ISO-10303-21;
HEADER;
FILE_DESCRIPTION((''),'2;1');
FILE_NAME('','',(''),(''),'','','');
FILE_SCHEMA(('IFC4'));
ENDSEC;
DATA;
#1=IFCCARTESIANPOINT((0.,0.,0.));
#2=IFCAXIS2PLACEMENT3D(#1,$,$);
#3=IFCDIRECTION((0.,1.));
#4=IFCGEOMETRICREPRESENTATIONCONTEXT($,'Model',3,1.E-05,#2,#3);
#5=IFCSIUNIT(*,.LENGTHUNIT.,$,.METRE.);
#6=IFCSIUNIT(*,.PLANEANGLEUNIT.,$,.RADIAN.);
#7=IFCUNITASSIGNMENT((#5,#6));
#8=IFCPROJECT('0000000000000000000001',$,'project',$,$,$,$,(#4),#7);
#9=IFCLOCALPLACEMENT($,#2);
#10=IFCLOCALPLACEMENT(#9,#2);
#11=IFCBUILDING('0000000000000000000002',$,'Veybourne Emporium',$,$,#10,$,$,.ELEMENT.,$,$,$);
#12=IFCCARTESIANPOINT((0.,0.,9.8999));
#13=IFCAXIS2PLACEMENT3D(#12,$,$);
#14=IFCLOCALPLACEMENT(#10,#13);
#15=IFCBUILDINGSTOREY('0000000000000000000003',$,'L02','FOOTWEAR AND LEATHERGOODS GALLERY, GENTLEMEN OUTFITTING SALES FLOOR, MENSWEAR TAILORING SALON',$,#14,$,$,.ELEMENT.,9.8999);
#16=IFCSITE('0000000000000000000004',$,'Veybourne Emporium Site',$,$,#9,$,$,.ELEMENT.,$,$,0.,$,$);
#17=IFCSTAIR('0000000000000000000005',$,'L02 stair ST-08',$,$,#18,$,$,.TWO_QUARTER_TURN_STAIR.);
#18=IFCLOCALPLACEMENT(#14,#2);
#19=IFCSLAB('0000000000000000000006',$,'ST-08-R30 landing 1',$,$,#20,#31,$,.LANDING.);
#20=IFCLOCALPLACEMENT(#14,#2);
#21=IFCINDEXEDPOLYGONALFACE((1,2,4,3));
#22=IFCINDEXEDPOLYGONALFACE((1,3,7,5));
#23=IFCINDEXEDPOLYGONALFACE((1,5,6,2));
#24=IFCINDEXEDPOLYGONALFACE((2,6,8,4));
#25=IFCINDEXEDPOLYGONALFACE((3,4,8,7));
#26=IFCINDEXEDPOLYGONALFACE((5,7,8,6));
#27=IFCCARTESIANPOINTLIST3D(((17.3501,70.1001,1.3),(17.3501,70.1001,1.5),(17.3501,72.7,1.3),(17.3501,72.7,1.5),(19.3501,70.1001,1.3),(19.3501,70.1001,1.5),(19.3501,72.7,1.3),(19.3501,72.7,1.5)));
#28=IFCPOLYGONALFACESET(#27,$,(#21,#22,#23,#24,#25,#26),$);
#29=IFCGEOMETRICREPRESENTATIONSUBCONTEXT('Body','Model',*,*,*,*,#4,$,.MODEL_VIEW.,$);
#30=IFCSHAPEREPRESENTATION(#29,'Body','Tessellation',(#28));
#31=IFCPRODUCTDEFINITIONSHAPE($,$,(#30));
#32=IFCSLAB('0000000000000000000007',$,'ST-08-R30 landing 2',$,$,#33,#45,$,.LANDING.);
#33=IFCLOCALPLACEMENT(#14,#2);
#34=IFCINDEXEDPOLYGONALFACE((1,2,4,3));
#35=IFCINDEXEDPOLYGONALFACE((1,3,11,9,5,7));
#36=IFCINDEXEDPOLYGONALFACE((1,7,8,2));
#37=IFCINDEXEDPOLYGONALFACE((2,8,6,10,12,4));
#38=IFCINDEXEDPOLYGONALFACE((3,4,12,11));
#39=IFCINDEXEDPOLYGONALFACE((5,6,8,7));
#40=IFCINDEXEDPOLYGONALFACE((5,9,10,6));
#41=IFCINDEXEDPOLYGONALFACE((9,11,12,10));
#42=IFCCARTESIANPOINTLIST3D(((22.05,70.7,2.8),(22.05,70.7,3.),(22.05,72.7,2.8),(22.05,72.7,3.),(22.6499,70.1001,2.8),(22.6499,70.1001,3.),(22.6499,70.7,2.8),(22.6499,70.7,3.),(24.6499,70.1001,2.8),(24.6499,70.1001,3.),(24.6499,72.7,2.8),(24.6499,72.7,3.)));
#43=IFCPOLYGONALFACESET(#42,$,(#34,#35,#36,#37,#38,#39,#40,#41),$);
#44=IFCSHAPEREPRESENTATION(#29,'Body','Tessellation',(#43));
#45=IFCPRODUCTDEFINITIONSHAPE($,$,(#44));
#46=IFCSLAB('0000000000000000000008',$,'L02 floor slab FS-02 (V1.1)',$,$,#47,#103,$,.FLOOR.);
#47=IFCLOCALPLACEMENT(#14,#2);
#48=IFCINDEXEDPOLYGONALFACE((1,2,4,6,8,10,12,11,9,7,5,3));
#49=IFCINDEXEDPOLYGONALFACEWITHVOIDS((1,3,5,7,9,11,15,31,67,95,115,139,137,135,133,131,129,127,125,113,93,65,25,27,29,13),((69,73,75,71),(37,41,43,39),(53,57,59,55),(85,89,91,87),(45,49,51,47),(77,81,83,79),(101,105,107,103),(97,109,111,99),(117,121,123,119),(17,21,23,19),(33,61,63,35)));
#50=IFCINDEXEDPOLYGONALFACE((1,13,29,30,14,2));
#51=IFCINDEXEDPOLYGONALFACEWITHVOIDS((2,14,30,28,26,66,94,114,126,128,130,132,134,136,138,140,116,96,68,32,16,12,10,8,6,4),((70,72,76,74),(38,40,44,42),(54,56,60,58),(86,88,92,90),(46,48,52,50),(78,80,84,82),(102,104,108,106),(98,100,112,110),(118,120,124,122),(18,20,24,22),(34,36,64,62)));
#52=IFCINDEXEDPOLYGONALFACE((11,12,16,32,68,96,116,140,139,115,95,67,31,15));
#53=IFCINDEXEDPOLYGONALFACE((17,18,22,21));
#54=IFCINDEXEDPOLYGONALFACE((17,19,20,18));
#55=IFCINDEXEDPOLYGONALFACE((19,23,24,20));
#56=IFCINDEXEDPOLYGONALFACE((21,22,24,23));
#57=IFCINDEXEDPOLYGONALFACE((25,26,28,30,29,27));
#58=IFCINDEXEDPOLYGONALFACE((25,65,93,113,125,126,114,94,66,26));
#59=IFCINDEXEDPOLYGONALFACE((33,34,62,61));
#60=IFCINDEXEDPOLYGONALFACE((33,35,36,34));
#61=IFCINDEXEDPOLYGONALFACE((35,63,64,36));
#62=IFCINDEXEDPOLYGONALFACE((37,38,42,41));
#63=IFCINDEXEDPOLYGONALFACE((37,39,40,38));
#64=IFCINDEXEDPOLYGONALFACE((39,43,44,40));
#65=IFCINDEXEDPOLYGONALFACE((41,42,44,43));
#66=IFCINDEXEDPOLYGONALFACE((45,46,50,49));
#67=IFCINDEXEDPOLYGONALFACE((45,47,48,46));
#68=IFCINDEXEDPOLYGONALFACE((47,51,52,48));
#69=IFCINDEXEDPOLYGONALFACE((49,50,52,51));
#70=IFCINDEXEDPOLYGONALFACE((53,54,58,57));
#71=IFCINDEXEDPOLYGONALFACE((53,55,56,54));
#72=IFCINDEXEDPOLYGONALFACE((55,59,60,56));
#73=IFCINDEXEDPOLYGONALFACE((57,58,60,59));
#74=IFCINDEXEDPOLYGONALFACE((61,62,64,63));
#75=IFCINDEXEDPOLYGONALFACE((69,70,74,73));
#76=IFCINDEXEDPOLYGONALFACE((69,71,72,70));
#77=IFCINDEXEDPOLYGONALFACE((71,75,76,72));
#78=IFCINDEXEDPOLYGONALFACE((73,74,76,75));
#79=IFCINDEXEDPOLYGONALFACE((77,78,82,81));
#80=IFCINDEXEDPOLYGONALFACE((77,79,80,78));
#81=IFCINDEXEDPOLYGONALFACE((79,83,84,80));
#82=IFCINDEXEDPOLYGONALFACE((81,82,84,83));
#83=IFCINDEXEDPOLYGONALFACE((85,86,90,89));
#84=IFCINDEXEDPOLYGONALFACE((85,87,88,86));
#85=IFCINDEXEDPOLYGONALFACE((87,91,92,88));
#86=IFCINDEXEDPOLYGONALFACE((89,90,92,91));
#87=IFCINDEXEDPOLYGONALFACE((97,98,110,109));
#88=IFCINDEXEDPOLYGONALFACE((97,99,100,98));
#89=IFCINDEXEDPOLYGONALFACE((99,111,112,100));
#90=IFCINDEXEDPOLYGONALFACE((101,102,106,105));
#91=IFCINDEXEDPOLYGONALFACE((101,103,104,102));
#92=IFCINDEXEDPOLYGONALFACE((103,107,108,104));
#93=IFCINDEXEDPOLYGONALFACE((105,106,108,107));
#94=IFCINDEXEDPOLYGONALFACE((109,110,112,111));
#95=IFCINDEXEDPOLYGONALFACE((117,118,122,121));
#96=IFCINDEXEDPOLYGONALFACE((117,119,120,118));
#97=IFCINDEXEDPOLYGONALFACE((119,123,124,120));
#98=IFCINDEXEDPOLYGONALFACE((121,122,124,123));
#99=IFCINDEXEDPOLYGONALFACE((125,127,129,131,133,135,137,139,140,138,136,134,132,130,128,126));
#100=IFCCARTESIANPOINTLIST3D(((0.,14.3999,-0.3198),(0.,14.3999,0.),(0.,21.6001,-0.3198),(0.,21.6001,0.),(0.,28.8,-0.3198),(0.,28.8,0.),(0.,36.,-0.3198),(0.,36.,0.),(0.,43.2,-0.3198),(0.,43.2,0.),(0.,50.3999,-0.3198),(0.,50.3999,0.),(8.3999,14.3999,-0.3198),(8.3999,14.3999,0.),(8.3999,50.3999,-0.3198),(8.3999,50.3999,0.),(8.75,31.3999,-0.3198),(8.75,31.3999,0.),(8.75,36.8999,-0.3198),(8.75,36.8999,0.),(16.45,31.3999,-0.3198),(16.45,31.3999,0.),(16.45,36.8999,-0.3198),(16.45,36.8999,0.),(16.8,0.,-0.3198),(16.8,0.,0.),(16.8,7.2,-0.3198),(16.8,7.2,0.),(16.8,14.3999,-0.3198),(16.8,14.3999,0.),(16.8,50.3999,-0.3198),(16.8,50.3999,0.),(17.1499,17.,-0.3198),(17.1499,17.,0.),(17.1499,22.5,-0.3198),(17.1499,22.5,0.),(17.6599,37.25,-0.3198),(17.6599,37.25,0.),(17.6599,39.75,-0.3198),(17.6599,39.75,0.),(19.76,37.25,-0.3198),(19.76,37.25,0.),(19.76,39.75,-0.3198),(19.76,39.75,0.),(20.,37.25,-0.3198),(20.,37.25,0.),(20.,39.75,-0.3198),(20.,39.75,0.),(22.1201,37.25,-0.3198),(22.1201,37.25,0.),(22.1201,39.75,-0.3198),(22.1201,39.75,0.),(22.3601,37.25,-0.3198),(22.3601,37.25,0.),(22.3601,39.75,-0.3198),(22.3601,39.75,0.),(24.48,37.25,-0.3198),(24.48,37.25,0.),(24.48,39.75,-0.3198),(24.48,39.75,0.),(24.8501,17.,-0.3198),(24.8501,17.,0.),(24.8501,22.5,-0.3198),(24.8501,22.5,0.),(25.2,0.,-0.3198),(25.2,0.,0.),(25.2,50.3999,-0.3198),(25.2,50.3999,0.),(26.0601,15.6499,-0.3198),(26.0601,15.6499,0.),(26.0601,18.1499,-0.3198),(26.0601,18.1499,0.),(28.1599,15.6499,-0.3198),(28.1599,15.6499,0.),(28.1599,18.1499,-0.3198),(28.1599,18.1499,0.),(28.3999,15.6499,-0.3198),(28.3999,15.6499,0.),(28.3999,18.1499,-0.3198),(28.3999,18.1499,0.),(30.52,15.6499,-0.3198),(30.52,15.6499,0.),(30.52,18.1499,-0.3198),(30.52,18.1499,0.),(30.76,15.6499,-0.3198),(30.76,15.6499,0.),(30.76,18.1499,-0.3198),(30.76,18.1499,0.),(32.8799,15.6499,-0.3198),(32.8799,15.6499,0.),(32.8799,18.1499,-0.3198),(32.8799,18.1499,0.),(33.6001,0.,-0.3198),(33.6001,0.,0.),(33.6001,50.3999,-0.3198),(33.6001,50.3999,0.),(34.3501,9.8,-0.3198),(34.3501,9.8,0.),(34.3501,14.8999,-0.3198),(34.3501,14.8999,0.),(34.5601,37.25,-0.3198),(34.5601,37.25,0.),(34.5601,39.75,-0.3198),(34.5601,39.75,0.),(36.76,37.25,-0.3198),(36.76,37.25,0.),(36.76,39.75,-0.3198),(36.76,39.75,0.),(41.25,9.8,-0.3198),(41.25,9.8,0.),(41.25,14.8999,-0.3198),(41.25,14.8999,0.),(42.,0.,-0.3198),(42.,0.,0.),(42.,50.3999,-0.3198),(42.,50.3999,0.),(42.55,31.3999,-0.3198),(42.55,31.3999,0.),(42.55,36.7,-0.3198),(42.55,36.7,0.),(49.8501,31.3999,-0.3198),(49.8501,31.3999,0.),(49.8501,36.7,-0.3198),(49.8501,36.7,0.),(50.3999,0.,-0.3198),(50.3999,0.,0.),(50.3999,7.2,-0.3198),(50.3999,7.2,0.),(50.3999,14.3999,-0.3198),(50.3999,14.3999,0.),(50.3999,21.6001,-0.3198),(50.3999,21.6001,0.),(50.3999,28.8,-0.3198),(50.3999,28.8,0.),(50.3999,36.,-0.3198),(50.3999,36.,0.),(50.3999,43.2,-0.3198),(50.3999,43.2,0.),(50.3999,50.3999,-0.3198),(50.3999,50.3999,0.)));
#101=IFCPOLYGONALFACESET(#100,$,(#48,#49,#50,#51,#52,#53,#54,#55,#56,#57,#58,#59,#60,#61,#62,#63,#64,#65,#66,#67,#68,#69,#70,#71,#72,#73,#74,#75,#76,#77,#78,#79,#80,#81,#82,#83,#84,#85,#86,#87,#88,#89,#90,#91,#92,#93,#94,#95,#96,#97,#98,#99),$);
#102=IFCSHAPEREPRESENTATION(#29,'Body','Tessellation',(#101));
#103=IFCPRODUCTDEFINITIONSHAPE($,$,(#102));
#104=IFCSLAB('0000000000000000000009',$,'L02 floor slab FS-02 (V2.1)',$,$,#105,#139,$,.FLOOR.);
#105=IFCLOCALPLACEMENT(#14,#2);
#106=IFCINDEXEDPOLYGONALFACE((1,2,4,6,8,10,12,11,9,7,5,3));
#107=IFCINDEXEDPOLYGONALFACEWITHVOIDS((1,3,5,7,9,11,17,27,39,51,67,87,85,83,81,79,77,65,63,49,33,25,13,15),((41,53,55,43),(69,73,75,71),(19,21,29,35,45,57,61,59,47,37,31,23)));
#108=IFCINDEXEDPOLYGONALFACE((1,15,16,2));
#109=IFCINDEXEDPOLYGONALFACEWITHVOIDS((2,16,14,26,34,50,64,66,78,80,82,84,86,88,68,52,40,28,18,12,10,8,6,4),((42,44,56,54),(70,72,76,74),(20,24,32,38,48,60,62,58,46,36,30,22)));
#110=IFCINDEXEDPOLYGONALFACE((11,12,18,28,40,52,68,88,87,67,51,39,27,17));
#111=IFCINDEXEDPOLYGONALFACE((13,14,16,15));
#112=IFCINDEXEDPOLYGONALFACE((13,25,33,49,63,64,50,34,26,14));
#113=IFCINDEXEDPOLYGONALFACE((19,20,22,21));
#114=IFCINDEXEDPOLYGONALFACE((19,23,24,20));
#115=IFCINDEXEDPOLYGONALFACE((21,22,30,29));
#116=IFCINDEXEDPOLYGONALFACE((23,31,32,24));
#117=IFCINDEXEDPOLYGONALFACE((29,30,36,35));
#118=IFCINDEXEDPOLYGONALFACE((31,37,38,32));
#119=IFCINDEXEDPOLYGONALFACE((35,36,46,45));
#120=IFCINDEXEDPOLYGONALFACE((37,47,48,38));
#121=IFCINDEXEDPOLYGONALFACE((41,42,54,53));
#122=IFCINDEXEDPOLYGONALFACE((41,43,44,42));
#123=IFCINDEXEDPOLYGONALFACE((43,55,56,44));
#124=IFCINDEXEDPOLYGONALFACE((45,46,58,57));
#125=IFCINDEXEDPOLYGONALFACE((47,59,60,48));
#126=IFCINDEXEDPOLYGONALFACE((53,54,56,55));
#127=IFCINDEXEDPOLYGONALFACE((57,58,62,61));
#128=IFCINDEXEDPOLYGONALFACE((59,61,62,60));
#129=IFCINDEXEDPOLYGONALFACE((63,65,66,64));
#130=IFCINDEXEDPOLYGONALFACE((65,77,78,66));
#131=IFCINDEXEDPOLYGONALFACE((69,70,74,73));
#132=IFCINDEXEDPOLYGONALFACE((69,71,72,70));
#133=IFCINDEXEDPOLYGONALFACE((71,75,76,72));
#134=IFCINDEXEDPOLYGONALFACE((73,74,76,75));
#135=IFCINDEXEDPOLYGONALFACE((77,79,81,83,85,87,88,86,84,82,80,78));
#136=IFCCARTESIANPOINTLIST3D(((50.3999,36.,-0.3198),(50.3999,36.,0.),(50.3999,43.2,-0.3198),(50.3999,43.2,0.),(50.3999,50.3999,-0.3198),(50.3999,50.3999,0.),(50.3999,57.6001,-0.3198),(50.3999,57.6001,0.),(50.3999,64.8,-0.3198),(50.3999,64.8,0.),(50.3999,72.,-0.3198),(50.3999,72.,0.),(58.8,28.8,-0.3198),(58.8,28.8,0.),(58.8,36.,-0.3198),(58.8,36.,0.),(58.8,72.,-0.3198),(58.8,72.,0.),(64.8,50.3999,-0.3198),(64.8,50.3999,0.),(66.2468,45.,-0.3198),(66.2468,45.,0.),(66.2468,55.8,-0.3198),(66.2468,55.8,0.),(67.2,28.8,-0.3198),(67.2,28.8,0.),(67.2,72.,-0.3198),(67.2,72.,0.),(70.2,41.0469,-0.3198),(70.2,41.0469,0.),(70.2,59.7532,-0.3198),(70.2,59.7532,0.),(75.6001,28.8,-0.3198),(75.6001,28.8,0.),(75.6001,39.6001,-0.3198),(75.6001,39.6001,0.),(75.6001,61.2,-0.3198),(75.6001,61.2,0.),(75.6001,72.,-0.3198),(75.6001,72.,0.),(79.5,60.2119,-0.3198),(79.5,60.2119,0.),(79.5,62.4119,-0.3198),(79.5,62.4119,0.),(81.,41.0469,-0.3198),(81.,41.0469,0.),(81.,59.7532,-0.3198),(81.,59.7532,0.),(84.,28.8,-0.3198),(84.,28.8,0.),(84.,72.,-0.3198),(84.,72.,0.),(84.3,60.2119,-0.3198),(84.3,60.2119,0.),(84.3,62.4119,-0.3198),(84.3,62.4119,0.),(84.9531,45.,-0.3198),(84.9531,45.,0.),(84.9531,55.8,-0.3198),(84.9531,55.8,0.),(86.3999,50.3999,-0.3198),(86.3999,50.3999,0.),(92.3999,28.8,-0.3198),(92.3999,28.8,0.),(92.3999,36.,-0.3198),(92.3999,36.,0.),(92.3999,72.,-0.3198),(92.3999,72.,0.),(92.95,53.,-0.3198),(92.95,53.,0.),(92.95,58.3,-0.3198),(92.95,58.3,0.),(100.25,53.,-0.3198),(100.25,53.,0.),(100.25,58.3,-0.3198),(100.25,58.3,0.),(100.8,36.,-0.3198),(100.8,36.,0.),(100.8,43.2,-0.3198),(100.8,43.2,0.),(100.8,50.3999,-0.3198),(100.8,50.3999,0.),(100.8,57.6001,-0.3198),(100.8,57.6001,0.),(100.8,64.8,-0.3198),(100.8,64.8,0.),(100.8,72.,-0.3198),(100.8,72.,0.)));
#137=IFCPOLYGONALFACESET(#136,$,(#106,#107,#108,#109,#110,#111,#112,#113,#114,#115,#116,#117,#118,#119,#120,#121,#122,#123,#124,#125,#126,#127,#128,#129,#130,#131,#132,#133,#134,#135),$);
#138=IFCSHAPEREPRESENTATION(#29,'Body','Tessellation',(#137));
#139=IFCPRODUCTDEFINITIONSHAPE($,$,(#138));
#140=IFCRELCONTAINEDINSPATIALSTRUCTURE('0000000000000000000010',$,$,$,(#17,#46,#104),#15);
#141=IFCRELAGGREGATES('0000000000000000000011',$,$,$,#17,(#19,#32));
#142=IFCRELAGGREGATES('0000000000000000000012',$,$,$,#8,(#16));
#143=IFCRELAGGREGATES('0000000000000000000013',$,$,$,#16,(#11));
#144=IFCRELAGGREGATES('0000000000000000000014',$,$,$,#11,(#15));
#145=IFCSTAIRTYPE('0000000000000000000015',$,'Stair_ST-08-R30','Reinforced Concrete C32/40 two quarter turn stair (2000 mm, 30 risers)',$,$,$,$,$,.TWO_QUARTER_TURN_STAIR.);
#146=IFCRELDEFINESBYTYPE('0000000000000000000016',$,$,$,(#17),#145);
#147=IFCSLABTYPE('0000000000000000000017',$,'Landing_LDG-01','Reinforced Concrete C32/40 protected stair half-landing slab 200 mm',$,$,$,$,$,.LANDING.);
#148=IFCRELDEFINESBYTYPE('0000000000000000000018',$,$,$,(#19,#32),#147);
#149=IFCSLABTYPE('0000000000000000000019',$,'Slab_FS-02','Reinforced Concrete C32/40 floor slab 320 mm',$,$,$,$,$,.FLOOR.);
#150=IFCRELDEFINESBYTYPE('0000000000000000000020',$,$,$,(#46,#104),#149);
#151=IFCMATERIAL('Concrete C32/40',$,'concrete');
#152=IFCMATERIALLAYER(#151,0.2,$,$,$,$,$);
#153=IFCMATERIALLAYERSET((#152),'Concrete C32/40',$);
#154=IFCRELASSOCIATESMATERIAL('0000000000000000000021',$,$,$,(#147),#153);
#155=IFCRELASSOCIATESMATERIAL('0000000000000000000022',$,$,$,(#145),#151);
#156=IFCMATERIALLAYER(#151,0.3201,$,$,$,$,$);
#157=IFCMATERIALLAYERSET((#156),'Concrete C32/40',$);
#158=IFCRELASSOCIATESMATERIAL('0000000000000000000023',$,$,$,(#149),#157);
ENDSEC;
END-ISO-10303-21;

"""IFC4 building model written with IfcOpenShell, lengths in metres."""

from ifc_helpers import new_model, si_unit, direction, frame, origin, place, context, subcontext, project, spatial, polyline, outline, extrude, material, layer, layer_set, type_object, element, aggregate, save


model = new_model("IFC4")

# Units and contexts
model_context = context("Model", 3, precision=1e-05, world=origin(), true_north=direction((0.0, 1.0)))
body_context = subcontext(model_context, "Body", "Model", "MODEL_VIEW")
ifc_project = project(units=[si_unit("LENGTHUNIT", "METRE"), si_unit("PLANEANGLEUNIT", "RADIAN")], contexts=[model_context])

# Site, building, storey
site_placement = place(None, origin())
site = spatial("IfcSite", under=ifc_project, at=site_placement, Name="Veybourne Emporium Site", CompositionType="ELEMENT", RefElevation=0.0)
building_placement = place(site_placement, origin())
building = spatial("IfcBuilding", under=site, at=building_placement, Name="Veybourne Emporium", CompositionType="ELEMENT")
storey_placement = place(building_placement, frame((0.0, 0.0, 9.8999)))
storey = spatial("IfcBuildingStorey", under=building, at=storey_placement, Name="L02", Description="FOOTWEAR AND LEATHERGOODS GALLERY, GENTLEMEN OUTFITTING SALES FLOOR, MENSWEAR TAILORING SALON", CompositionType="ELEMENT", Elevation=9.8999)

# Stair, slabs
ifc_material_1 = material(Name="Concrete C32/40", Category="concrete")
ifc_layer_1 = layer(ifc_material_1, 0.2)
ifc_layer_set_1 = layer_set([ifc_layer_1], Name="Concrete C32/40")
slab_type_1 = type_object("IfcSlabType", Name="Landing_LDG-01", Description="Reinforced Concrete C32/40 protected stair half-landing slab 200 mm", PredefinedType="LANDING", material=ifc_layer_set_1)
stair_type_1 = type_object("IfcStairType", Name="Stair_ST-08-R30", Description="Reinforced Concrete C32/40 two quarter turn stair (2000 mm, 30 risers)", PredefinedType="TWO_QUARTER_TURN_STAIR", material=ifc_material_1)
stair_1_placement = place(storey_placement, origin())
stair_1 = element("IfcStair", 1, at=stair_1_placement, inside=storey, type_object=stair_type_1, Name="L02 stair ST-08", PredefinedType="TWO_QUARTER_TURN_STAIR")
slab_1_placement = place(storey_placement, frame((0.0, 0.0, 1.3)))
slab_1 = element("IfcSlab", 2, at=slab_1_placement, type_object=slab_type_1, Name="ST-08-R30 landing 1", PredefinedType="LANDING", context=body_context, shape_type="SweptSolid", body=[
    extrude(outline(polyline([(17.3501, 70.1001), (19.3501, 70.1001), (19.3501, 72.7), (17.3501, 72.7), (17.3501, 70.1001)])), origin(), (0.0, 0.0, 1.0), 0.2),
])
slab_2_placement = place(storey_placement, frame((0.0, 0.0, 2.8)))
slab_2 = element("IfcSlab", 3, at=slab_2_placement, type_object=slab_type_1, Name="ST-08-R30 landing 2", PredefinedType="LANDING", context=body_context, shape_type="SweptSolid", body=[
    extrude(outline(polyline([(22.05, 70.7), (22.6499, 70.7), (22.6499, 70.1001), (24.6499, 70.1001), (24.6499, 72.7), (22.05, 72.7), (22.05, 70.7)])), origin(), (0.0, 0.0, 1.0), 0.2),
])
aggregate(stair_1, [slab_1, slab_2])

# Slabs
ifc_layer_2 = layer(ifc_material_1, 0.3201)
ifc_layer_set_2 = layer_set([ifc_layer_2], Name="Concrete C32/40")
slab_type_2 = type_object("IfcSlabType", Name="Slab_FS-02", Description="Reinforced Concrete C32/40 floor slab 320 mm", PredefinedType="FLOOR", material=ifc_layer_set_2)
slab_3_placement = place(storey_placement, frame((0.0, 0.0, -0.3198)))
element("IfcSlab", 4, at=slab_3_placement, inside=storey, type_object=slab_type_2, Name="L02 floor slab FS-02 (V1.1)", PredefinedType="FLOOR", context=body_context, shape_type="SweptSolid", body=[
    extrude(outline(polyline([(0.0, 14.3999), (0.0, 21.6001), (0.0, 28.8), (0.0, 36.0), (0.0, 43.2), (0.0, 50.3999), (8.3999, 50.3999), (16.8, 50.3999), (25.2, 50.3999), (33.6001, 50.3999), (42.0, 50.3999), (50.3999, 50.3999), (50.3999, 43.2), (50.3999, 36.0), (50.3999, 28.8), (50.3999, 21.6001), (50.3999, 14.3999), (50.3999, 7.2), (50.3999, 0.0), (42.0, 0.0), (33.6001, 0.0), (25.2, 0.0), (16.8, 0.0), (16.8, 7.2), (16.8, 14.3999), (8.3999, 14.3999), (0.0, 14.3999)]), holes=[polyline([(41.25, 9.8), (41.25, 14.8999), (34.3501, 14.8999), (34.3501, 9.8), (41.25, 9.8)]), polyline([(26.0601, 15.6499), (28.1599, 15.6499), (28.1599, 18.1499), (26.0601, 18.1499), (26.0601, 15.6499)]), polyline([(28.3999, 15.6499), (30.52, 15.6499), (30.52, 18.1499), (28.3999, 18.1499), (28.3999, 15.6499)]), polyline([(32.8799, 15.6499), (32.8799, 18.1499), (30.76, 18.1499), (30.76, 15.6499), (32.8799, 15.6499)]), polyline([(17.1499, 17.0), (24.8501, 17.0), (24.8501, 22.5), (17.1499, 22.5), (17.1499, 17.0)]), polyline([(42.55, 31.3999), (49.8501, 31.3999), (49.8501, 36.7), (42.55, 36.7), (42.55, 31.3999)]), polyline([(16.45, 31.3999), (16.45, 36.8999), (8.75, 36.8999), (8.75, 31.3999), (16.45, 31.3999)]), polyline([(17.6599, 37.25), (19.76, 37.25), (19.76, 39.75), (17.6599, 39.75), (17.6599, 37.25)]), polyline([(20.0, 37.25), (22.1201, 37.25), (22.1201, 39.75), (20.0, 39.75), (20.0, 37.25)]), polyline([(24.48, 37.25), (24.48, 39.75), (22.3601, 39.75), (22.3601, 37.25), (24.48, 37.25)]), polyline([(34.5601, 37.25), (36.76, 37.25), (36.76, 39.75), (34.5601, 39.75), (34.5601, 37.25)])]), origin(), (0.0, 0.0, 1.0), 0.3198),
])
slab_4_placement = place(storey_placement, frame((0.0, 0.0, -0.3198)))
element("IfcSlab", 5, at=slab_4_placement, inside=storey, type_object=slab_type_2, Name="L02 floor slab FS-02 (V2.1)", PredefinedType="FLOOR", context=body_context, shape_type="SweptSolid", body=[
    extrude(outline(polyline([(50.3999, 36.0), (50.3999, 43.2), (50.3999, 50.3999), (50.3999, 57.6001), (50.3999, 64.8), (50.3999, 72.0), (58.8, 72.0), (67.2, 72.0), (75.6001, 72.0), (84.0, 72.0), (92.3999, 72.0), (100.8, 72.0), (100.8, 64.8), (100.8, 57.6001), (100.8, 50.3999), (100.8, 43.2), (100.8, 36.0), (92.3999, 36.0), (92.3999, 28.8), (84.0, 28.8), (75.6001, 28.8), (67.2, 28.8), (58.8, 28.8), (58.8, 36.0), (50.3999, 36.0)]), holes=[polyline([(70.2, 41.0469), (75.6001, 39.6001), (81.0, 41.0469), (84.9531, 45.0), (86.3999, 50.3999), (84.9531, 55.8), (81.0, 59.7532), (75.6001, 61.2), (70.2, 59.7532), (66.2468, 55.8), (64.8, 50.3999), (66.2468, 45.0), (70.2, 41.0469)]), polyline([(100.25, 53.0), (100.25, 58.3), (92.95, 58.3), (92.95, 53.0), (100.25, 53.0)]), polyline([(79.5, 60.2119), (84.3, 60.2119), (84.3, 62.4119), (79.5, 62.4119), (79.5, 60.2119)])]), origin(), (0.0, 0.0, 1.0), 0.3198),
])

save(model, "model.ifc")
